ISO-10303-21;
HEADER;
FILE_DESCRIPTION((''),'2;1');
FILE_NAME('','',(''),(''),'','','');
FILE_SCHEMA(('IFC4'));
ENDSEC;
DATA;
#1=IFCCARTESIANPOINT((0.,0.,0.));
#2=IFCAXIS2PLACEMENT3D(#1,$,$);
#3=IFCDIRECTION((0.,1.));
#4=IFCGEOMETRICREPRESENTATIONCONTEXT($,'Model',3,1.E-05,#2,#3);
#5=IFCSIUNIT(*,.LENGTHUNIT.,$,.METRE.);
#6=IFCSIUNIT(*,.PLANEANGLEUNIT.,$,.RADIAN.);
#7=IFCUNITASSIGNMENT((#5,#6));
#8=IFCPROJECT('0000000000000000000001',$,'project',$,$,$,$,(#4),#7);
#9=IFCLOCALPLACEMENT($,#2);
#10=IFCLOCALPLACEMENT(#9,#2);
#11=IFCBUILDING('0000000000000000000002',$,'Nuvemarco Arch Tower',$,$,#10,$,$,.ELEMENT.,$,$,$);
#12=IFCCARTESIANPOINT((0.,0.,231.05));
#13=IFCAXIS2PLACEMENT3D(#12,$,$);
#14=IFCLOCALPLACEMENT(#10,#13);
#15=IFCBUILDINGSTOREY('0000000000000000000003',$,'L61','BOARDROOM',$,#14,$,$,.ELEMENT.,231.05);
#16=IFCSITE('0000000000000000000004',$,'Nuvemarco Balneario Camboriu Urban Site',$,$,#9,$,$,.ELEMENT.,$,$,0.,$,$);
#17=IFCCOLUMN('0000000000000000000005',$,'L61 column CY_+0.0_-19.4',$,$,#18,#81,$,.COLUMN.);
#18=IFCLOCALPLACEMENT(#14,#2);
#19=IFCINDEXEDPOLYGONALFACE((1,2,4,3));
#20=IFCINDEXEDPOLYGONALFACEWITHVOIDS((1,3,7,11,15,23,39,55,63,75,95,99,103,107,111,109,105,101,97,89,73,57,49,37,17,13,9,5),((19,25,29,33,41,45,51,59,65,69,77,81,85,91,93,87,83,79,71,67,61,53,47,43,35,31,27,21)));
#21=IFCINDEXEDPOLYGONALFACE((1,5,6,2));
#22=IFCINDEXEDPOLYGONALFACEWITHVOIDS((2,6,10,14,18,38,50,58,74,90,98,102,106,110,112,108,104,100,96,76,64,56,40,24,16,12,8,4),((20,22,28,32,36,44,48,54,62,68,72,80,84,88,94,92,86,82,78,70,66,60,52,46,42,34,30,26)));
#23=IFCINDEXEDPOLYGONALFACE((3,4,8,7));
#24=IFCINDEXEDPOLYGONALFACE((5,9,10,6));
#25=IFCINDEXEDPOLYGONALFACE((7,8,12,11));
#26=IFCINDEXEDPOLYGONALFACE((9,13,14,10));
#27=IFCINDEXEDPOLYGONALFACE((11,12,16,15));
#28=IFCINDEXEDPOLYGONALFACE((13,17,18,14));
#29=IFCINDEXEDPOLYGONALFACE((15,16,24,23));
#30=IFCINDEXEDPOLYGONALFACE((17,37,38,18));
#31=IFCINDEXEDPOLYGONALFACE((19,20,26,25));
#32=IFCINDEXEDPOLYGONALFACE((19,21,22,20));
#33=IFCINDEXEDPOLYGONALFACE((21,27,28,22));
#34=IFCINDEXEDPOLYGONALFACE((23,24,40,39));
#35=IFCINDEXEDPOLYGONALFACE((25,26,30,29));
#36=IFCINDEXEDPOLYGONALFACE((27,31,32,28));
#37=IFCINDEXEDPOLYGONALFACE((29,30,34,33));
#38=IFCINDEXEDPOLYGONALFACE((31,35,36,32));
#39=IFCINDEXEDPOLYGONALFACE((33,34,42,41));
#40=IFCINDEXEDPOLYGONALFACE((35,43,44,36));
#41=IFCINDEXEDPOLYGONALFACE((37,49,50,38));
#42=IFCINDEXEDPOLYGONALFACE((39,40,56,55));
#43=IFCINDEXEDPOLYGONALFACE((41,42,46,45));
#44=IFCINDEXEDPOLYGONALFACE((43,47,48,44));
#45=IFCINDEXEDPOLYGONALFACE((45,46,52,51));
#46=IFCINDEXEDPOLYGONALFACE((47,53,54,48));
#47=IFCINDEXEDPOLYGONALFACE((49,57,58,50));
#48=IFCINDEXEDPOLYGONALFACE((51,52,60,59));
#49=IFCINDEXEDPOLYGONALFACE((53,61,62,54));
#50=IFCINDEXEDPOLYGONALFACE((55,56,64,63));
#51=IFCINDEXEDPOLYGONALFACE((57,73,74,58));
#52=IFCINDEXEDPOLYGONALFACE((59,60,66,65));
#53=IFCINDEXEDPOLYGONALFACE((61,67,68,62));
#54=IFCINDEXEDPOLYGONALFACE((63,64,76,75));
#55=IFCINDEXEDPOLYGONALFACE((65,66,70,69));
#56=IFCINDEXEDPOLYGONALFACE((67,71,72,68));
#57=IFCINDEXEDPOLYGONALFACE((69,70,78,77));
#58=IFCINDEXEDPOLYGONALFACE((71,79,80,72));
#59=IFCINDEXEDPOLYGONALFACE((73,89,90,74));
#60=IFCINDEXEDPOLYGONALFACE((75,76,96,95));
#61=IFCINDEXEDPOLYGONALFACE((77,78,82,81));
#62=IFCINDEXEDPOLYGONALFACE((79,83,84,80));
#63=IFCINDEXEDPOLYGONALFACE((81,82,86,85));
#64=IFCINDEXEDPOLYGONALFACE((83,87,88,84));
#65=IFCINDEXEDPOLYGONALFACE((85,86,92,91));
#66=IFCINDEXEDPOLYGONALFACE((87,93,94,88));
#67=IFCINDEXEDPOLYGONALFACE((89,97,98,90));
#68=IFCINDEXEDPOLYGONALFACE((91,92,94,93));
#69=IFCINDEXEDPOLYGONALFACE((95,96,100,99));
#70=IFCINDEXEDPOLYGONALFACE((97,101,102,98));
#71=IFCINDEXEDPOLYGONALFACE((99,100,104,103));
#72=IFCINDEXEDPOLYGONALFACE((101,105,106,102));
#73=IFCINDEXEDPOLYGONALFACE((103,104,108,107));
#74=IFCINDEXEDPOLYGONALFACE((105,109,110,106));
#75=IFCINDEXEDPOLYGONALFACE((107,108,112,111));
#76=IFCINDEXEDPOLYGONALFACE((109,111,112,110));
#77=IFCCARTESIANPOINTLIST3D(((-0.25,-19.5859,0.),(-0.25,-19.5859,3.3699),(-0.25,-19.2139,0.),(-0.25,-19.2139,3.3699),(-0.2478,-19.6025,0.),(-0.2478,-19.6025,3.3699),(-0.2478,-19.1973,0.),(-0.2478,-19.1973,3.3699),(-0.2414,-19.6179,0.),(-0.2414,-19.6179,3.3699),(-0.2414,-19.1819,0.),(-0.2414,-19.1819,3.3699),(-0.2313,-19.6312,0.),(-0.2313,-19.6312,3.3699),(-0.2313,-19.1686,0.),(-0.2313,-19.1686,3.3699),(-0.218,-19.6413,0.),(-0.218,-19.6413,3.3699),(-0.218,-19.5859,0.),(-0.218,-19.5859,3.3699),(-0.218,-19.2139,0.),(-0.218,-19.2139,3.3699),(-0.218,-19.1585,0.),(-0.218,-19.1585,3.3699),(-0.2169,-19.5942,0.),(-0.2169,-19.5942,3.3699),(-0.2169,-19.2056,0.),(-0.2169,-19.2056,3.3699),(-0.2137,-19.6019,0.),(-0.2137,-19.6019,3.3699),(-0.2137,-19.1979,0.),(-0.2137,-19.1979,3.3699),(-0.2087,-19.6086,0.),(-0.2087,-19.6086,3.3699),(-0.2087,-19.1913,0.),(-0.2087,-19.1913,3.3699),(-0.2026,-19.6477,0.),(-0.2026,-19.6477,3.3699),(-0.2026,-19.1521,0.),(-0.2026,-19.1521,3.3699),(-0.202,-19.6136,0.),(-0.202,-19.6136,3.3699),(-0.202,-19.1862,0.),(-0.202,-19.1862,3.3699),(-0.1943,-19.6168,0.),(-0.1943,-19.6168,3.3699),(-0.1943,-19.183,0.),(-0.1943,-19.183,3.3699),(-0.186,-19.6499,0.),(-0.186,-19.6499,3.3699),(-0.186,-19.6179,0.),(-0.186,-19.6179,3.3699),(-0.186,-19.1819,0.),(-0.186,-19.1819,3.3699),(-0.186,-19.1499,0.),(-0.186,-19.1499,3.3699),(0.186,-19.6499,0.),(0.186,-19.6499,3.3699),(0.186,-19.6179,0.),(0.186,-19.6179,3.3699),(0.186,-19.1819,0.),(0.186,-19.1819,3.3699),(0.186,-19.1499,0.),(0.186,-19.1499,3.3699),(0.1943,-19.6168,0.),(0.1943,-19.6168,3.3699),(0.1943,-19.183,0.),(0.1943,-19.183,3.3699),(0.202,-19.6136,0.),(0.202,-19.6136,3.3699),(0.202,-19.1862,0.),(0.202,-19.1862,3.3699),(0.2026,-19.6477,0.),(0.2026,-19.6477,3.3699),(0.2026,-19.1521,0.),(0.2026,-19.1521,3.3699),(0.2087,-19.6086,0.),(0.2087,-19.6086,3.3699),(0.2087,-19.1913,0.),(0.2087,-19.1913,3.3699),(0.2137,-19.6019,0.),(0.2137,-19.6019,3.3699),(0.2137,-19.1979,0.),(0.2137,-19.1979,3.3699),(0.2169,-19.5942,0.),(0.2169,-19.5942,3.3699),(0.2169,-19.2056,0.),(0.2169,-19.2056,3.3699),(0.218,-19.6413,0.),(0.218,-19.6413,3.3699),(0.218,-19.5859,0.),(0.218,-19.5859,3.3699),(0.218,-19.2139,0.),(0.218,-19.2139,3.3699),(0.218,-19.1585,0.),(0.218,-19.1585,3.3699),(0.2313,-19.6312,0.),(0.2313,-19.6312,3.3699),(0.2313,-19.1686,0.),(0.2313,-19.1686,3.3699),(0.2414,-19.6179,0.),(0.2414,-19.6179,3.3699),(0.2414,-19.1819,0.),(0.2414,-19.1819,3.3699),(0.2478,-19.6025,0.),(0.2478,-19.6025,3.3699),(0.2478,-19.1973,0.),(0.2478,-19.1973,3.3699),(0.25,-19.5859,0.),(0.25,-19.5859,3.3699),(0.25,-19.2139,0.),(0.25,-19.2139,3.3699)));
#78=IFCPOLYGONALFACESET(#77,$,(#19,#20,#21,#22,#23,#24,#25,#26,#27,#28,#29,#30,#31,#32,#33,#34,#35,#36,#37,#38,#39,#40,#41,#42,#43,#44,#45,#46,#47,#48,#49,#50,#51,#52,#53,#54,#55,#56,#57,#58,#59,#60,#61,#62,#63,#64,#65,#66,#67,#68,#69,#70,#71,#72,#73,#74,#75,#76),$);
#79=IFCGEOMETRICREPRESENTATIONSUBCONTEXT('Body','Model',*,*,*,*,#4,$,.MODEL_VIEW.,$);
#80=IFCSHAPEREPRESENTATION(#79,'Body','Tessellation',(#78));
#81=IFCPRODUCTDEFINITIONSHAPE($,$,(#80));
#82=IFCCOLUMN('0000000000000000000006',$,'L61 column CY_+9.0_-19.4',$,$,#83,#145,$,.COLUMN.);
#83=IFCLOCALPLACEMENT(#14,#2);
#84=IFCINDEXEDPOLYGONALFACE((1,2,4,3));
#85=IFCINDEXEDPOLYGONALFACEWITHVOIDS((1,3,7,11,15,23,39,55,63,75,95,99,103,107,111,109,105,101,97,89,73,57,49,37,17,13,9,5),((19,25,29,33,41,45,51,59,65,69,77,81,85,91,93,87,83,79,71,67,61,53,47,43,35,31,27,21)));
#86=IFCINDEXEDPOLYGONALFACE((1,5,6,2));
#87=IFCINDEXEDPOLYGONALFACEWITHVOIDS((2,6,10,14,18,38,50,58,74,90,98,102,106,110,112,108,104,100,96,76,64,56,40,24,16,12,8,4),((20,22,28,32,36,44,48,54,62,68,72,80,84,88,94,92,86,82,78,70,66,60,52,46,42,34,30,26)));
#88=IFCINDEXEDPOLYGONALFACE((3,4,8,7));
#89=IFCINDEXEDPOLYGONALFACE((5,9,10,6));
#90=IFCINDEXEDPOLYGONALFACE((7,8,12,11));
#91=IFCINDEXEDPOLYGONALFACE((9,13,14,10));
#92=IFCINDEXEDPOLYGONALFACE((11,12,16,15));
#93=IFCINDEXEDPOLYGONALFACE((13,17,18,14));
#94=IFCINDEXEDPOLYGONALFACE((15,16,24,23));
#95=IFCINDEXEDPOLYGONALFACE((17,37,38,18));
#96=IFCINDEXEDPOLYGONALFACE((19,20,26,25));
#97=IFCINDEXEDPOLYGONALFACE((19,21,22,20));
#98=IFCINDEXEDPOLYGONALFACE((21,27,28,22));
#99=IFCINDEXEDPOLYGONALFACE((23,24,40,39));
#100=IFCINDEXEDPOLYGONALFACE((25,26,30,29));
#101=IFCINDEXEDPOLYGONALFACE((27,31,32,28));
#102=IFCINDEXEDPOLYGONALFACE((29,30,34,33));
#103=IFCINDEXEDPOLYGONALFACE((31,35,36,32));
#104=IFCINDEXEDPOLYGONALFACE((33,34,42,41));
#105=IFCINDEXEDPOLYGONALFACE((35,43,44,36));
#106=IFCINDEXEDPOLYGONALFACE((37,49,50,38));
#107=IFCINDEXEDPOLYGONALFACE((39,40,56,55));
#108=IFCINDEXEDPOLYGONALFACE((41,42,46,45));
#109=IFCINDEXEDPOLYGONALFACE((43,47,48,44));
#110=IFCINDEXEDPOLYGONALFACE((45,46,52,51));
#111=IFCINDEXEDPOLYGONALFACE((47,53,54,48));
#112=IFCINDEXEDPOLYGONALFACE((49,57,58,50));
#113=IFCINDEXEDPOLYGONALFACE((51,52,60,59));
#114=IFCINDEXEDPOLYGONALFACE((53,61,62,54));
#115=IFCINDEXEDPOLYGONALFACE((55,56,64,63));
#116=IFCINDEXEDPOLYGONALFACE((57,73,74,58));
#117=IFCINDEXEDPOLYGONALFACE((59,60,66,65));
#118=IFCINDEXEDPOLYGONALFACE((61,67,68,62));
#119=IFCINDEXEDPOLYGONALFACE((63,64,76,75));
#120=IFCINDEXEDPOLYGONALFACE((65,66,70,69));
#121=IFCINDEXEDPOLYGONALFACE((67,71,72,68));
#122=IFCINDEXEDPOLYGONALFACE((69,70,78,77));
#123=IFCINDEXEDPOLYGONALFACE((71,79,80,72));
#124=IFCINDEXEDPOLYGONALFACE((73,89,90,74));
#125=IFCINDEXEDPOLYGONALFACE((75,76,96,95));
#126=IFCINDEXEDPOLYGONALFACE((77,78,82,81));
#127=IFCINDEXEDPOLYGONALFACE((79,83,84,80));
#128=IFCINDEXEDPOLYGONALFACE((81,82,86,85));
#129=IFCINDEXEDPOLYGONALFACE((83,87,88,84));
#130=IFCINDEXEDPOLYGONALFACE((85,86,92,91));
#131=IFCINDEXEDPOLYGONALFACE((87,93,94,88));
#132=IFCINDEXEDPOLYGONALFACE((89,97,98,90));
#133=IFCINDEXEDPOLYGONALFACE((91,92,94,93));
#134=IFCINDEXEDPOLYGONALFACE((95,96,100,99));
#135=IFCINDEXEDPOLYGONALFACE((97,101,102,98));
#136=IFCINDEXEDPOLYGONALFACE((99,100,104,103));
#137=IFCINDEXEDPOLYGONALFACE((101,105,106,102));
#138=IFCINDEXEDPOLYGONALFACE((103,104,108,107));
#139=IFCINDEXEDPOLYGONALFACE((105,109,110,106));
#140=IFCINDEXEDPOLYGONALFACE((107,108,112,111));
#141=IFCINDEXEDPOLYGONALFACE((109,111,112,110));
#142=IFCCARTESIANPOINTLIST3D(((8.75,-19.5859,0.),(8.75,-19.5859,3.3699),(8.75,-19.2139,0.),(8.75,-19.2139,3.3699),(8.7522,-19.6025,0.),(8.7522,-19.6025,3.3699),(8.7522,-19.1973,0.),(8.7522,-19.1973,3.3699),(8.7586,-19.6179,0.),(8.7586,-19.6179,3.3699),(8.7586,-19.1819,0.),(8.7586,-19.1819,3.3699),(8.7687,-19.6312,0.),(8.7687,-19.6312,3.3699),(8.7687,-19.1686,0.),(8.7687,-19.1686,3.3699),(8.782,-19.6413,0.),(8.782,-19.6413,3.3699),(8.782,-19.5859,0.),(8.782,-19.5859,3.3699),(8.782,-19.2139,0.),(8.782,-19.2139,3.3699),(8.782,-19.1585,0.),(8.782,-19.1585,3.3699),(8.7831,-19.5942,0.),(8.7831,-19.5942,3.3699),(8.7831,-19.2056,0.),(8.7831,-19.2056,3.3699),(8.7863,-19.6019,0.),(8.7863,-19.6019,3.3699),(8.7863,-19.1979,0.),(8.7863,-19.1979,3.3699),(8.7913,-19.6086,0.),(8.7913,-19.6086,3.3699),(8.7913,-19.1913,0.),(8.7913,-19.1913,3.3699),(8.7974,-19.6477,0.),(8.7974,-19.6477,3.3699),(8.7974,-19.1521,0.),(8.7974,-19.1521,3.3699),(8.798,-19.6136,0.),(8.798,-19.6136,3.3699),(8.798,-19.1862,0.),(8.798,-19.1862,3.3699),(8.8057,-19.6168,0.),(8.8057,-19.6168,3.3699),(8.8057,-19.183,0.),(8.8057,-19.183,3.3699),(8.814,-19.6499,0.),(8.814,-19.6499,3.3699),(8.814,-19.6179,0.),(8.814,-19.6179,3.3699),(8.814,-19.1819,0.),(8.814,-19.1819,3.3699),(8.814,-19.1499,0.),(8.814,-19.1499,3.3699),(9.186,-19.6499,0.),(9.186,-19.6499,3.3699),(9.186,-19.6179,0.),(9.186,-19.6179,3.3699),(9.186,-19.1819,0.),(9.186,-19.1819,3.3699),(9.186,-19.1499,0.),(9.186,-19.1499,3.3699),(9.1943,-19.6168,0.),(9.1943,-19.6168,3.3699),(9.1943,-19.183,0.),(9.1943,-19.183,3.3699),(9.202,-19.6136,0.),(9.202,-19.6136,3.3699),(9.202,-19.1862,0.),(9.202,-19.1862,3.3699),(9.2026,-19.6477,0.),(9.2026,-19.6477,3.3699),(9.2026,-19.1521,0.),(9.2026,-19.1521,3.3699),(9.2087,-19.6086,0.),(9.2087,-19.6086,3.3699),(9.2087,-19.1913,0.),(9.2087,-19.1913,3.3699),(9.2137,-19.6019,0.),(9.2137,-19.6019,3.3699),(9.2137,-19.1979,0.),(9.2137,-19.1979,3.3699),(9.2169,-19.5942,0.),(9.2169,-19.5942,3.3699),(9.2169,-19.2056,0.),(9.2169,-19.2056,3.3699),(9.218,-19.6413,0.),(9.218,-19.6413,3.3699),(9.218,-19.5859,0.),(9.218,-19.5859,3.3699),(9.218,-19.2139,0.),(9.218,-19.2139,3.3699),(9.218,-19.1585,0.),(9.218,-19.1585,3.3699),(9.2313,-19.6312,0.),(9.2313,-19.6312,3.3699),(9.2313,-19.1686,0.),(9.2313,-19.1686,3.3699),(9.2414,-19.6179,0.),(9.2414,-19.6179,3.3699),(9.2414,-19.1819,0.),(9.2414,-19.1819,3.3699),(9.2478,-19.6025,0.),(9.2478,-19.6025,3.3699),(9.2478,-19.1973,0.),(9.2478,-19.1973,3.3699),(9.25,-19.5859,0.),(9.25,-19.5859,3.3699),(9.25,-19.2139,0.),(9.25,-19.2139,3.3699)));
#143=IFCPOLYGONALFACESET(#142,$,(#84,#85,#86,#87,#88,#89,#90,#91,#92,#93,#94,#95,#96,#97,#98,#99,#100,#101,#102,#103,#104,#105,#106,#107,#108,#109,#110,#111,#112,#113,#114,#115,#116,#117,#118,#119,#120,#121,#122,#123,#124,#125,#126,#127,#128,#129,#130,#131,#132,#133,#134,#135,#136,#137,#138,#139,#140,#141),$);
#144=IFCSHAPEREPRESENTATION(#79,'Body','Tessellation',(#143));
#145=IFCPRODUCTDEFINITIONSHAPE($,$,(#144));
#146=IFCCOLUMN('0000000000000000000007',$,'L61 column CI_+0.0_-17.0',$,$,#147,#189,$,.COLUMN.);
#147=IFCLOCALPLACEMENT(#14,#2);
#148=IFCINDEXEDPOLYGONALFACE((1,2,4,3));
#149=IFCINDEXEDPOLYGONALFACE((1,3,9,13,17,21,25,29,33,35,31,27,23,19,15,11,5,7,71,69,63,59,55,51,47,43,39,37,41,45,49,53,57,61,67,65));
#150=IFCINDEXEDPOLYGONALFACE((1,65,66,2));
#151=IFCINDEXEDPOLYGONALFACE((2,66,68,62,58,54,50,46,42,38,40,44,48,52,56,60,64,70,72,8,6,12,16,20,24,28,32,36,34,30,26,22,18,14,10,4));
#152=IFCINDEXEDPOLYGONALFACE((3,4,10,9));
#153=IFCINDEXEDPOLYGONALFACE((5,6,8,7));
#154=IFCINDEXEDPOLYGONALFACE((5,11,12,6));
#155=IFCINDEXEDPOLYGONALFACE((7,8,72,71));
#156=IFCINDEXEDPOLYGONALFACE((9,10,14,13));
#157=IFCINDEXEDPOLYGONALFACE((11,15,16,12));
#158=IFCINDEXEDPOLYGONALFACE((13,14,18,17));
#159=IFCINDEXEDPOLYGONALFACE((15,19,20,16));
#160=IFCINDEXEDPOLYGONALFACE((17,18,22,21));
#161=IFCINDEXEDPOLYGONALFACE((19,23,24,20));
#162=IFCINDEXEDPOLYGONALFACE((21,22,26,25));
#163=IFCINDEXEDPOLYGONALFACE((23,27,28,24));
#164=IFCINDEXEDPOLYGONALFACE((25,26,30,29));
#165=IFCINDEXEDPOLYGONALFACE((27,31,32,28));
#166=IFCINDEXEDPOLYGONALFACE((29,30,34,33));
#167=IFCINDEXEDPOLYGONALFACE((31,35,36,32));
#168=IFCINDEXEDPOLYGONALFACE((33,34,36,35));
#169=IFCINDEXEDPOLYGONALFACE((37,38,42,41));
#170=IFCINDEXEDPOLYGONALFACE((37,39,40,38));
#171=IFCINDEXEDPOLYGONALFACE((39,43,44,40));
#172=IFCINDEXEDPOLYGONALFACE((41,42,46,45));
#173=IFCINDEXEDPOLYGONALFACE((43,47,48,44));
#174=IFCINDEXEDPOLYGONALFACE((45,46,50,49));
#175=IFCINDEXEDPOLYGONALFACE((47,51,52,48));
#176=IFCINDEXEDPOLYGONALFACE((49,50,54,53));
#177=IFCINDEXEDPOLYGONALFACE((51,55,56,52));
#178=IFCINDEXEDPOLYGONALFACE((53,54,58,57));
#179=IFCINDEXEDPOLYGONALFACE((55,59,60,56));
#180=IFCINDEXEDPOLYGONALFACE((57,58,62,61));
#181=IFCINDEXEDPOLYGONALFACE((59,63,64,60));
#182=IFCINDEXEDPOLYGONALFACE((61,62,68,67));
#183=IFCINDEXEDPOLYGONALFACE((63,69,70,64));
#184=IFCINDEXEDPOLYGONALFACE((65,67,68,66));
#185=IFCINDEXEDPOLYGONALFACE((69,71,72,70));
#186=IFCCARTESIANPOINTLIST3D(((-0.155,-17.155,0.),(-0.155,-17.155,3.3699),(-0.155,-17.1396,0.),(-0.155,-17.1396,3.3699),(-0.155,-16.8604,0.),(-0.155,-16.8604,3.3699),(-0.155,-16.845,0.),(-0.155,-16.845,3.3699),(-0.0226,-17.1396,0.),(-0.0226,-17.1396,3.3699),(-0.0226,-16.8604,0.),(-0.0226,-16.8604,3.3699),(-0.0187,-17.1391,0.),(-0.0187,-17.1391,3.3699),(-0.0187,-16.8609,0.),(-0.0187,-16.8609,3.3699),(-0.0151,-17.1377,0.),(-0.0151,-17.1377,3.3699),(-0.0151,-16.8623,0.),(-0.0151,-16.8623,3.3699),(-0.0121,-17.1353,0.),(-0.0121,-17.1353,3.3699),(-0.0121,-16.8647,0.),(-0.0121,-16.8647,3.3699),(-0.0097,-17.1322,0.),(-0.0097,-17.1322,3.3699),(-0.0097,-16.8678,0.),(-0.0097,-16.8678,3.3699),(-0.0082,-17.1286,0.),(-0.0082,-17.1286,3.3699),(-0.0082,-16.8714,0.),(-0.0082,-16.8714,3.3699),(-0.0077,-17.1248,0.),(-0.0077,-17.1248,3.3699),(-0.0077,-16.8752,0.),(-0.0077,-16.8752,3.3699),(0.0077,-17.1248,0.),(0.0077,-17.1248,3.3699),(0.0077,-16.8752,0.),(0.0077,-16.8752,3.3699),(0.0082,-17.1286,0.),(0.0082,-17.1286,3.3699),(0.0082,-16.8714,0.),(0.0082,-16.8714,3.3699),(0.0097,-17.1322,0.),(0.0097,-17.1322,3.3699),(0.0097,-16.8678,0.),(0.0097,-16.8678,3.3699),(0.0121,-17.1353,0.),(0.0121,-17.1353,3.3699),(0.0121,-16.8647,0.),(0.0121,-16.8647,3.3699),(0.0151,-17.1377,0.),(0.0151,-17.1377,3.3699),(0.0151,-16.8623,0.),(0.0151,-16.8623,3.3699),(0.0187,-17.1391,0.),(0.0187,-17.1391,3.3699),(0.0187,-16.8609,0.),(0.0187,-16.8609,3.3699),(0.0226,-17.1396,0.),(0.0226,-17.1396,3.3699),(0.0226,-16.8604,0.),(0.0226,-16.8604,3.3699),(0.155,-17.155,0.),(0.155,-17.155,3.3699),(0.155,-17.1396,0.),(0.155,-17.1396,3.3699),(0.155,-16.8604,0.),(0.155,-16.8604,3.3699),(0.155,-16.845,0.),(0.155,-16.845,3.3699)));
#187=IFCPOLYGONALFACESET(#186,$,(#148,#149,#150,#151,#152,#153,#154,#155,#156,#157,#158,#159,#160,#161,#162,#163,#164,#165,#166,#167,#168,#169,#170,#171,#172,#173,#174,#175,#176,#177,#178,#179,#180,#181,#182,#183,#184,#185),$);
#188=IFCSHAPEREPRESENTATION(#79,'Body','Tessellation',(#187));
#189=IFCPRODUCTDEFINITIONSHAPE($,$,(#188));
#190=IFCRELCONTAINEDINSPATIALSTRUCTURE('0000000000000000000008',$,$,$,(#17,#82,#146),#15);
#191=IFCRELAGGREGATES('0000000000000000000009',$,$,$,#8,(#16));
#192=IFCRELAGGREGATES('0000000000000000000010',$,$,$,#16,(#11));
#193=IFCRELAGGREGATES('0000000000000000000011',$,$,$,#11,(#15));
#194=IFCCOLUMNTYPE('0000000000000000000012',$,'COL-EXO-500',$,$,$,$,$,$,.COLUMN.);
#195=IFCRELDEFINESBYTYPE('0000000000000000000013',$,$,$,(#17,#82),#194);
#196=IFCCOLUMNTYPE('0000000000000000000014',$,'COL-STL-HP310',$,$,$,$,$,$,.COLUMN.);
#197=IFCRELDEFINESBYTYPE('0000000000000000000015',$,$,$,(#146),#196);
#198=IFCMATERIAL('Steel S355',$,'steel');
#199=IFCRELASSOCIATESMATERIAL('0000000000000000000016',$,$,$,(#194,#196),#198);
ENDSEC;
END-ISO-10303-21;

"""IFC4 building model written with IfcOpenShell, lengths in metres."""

from ifc_helpers import new_model, si_unit, direction, frame, origin, origin_2d, place, context, subcontext, project, spatial, hollow_rectangle, i_section, extrude, material, material_profile, profile_set, type_object, element, save


model = new_model("IFC4")

# Units and contexts
model_context = context("Model", 3, precision=1e-05, world=origin(), true_north=direction((0.0, 1.0)))
body_context = subcontext(model_context, "Body", "Model", "MODEL_VIEW")
ifc_project = project(units=[si_unit("LENGTHUNIT", "METRE"), si_unit("PLANEANGLEUNIT", "RADIAN")], contexts=[model_context])

# Site, building, storey
site_placement = place(None, origin())
site = spatial("IfcSite", under=ifc_project, at=site_placement, Name="Nuvemarco Balneario Camboriu Urban Site", CompositionType="ELEMENT", RefElevation=0.0)
building_placement = place(site_placement, origin())
building = spatial("IfcBuilding", under=site, at=building_placement, Name="Nuvemarco Arch Tower", CompositionType="ELEMENT")
storey_placement = place(building_placement, frame((0.0, 0.0, 231.05)))
storey = spatial("IfcBuildingStorey", under=building, at=storey_placement, Name="L61", Description="BOARDROOM", CompositionType="ELEMENT", Elevation=231.05)

# Columns
ifc_material_1 = material(Name="Steel S355", Category="steel")
ifc_material_profile_1 = material_profile(ifc_material_1, hollow_rectangle(XDim=0.5, YDim=0.5, WallThickness=0.032, InnerFilletRadius=0.032, OuterFilletRadius=0.064, at=origin_2d()), Name="SHS500x500x32")
ifc_profile_set_1 = profile_set([ifc_material_profile_1], Name="Steel S355")
column_type_1 = type_object("IfcColumnType", Name="COL-EXO-500", PredefinedType="COLUMN", material=ifc_profile_set_1)
for number, where, z_axis, x_axis, name in (
    (1, (0.0, -19.3999, 0.0), (0.0, 0.0, 1.0), (1.0, 0.0, 0.0), "L61 column CY_+0.0_-19.4"),
    (2, (9.0, -19.3999, 0.0), (0.0, 0.0, 1.0), (1.0, 0.0, 0.0), "L61 column CY_+9.0_-19.4"),
):
    element("IfcColumn", number, at=place(storey_placement, frame(where, z_axis=z_axis, x_axis=x_axis)), inside=storey, type_object=column_type_1, Name=name, PredefinedType="COLUMN", context=body_context, shape_type="SweptSolid", body=[
        extrude(hollow_rectangle(XDim=0.5, YDim=0.5, WallThickness=0.032, InnerFilletRadius=0.032, OuterFilletRadius=0.064, at=origin_2d()), origin(), (0.0, 0.0, 1.0), 3.3699),
    ])
ifc_material_profile_2 = material_profile(ifc_material_1, i_section(OverallWidth=0.3101, OverallDepth=0.3101, WebThickness=0.0154, FlangeThickness=0.0154, FilletRadius=0.0149, at=origin_2d()), Name="HP310x110")
ifc_profile_set_2 = profile_set([ifc_material_profile_2], Name="Steel S355")
column_type_2 = type_object("IfcColumnType", Name="COL-STL-HP310", PredefinedType="COLUMN", material=ifc_profile_set_2)
for number, where, z_axis, x_axis, name in (
    (3, (0.0, -17.0, 0.0), (0.0, 0.0, 1.0), (1.0, 0.0, 0.0), "L61 column CI_+0.0_-17.0"),
):
    element("IfcColumn", number, at=place(storey_placement, frame(where, z_axis=z_axis, x_axis=x_axis)), inside=storey, type_object=column_type_2, Name=name, PredefinedType="COLUMN", context=body_context, shape_type="SweptSolid", body=[
        extrude(i_section(OverallWidth=0.3101, OverallDepth=0.3101, WebThickness=0.0154, FlangeThickness=0.0154, FilletRadius=0.0149, at=origin_2d()), origin(), (0.0, 0.0, 1.0), 3.3699),
    ])

save(model, "model.ifc")
